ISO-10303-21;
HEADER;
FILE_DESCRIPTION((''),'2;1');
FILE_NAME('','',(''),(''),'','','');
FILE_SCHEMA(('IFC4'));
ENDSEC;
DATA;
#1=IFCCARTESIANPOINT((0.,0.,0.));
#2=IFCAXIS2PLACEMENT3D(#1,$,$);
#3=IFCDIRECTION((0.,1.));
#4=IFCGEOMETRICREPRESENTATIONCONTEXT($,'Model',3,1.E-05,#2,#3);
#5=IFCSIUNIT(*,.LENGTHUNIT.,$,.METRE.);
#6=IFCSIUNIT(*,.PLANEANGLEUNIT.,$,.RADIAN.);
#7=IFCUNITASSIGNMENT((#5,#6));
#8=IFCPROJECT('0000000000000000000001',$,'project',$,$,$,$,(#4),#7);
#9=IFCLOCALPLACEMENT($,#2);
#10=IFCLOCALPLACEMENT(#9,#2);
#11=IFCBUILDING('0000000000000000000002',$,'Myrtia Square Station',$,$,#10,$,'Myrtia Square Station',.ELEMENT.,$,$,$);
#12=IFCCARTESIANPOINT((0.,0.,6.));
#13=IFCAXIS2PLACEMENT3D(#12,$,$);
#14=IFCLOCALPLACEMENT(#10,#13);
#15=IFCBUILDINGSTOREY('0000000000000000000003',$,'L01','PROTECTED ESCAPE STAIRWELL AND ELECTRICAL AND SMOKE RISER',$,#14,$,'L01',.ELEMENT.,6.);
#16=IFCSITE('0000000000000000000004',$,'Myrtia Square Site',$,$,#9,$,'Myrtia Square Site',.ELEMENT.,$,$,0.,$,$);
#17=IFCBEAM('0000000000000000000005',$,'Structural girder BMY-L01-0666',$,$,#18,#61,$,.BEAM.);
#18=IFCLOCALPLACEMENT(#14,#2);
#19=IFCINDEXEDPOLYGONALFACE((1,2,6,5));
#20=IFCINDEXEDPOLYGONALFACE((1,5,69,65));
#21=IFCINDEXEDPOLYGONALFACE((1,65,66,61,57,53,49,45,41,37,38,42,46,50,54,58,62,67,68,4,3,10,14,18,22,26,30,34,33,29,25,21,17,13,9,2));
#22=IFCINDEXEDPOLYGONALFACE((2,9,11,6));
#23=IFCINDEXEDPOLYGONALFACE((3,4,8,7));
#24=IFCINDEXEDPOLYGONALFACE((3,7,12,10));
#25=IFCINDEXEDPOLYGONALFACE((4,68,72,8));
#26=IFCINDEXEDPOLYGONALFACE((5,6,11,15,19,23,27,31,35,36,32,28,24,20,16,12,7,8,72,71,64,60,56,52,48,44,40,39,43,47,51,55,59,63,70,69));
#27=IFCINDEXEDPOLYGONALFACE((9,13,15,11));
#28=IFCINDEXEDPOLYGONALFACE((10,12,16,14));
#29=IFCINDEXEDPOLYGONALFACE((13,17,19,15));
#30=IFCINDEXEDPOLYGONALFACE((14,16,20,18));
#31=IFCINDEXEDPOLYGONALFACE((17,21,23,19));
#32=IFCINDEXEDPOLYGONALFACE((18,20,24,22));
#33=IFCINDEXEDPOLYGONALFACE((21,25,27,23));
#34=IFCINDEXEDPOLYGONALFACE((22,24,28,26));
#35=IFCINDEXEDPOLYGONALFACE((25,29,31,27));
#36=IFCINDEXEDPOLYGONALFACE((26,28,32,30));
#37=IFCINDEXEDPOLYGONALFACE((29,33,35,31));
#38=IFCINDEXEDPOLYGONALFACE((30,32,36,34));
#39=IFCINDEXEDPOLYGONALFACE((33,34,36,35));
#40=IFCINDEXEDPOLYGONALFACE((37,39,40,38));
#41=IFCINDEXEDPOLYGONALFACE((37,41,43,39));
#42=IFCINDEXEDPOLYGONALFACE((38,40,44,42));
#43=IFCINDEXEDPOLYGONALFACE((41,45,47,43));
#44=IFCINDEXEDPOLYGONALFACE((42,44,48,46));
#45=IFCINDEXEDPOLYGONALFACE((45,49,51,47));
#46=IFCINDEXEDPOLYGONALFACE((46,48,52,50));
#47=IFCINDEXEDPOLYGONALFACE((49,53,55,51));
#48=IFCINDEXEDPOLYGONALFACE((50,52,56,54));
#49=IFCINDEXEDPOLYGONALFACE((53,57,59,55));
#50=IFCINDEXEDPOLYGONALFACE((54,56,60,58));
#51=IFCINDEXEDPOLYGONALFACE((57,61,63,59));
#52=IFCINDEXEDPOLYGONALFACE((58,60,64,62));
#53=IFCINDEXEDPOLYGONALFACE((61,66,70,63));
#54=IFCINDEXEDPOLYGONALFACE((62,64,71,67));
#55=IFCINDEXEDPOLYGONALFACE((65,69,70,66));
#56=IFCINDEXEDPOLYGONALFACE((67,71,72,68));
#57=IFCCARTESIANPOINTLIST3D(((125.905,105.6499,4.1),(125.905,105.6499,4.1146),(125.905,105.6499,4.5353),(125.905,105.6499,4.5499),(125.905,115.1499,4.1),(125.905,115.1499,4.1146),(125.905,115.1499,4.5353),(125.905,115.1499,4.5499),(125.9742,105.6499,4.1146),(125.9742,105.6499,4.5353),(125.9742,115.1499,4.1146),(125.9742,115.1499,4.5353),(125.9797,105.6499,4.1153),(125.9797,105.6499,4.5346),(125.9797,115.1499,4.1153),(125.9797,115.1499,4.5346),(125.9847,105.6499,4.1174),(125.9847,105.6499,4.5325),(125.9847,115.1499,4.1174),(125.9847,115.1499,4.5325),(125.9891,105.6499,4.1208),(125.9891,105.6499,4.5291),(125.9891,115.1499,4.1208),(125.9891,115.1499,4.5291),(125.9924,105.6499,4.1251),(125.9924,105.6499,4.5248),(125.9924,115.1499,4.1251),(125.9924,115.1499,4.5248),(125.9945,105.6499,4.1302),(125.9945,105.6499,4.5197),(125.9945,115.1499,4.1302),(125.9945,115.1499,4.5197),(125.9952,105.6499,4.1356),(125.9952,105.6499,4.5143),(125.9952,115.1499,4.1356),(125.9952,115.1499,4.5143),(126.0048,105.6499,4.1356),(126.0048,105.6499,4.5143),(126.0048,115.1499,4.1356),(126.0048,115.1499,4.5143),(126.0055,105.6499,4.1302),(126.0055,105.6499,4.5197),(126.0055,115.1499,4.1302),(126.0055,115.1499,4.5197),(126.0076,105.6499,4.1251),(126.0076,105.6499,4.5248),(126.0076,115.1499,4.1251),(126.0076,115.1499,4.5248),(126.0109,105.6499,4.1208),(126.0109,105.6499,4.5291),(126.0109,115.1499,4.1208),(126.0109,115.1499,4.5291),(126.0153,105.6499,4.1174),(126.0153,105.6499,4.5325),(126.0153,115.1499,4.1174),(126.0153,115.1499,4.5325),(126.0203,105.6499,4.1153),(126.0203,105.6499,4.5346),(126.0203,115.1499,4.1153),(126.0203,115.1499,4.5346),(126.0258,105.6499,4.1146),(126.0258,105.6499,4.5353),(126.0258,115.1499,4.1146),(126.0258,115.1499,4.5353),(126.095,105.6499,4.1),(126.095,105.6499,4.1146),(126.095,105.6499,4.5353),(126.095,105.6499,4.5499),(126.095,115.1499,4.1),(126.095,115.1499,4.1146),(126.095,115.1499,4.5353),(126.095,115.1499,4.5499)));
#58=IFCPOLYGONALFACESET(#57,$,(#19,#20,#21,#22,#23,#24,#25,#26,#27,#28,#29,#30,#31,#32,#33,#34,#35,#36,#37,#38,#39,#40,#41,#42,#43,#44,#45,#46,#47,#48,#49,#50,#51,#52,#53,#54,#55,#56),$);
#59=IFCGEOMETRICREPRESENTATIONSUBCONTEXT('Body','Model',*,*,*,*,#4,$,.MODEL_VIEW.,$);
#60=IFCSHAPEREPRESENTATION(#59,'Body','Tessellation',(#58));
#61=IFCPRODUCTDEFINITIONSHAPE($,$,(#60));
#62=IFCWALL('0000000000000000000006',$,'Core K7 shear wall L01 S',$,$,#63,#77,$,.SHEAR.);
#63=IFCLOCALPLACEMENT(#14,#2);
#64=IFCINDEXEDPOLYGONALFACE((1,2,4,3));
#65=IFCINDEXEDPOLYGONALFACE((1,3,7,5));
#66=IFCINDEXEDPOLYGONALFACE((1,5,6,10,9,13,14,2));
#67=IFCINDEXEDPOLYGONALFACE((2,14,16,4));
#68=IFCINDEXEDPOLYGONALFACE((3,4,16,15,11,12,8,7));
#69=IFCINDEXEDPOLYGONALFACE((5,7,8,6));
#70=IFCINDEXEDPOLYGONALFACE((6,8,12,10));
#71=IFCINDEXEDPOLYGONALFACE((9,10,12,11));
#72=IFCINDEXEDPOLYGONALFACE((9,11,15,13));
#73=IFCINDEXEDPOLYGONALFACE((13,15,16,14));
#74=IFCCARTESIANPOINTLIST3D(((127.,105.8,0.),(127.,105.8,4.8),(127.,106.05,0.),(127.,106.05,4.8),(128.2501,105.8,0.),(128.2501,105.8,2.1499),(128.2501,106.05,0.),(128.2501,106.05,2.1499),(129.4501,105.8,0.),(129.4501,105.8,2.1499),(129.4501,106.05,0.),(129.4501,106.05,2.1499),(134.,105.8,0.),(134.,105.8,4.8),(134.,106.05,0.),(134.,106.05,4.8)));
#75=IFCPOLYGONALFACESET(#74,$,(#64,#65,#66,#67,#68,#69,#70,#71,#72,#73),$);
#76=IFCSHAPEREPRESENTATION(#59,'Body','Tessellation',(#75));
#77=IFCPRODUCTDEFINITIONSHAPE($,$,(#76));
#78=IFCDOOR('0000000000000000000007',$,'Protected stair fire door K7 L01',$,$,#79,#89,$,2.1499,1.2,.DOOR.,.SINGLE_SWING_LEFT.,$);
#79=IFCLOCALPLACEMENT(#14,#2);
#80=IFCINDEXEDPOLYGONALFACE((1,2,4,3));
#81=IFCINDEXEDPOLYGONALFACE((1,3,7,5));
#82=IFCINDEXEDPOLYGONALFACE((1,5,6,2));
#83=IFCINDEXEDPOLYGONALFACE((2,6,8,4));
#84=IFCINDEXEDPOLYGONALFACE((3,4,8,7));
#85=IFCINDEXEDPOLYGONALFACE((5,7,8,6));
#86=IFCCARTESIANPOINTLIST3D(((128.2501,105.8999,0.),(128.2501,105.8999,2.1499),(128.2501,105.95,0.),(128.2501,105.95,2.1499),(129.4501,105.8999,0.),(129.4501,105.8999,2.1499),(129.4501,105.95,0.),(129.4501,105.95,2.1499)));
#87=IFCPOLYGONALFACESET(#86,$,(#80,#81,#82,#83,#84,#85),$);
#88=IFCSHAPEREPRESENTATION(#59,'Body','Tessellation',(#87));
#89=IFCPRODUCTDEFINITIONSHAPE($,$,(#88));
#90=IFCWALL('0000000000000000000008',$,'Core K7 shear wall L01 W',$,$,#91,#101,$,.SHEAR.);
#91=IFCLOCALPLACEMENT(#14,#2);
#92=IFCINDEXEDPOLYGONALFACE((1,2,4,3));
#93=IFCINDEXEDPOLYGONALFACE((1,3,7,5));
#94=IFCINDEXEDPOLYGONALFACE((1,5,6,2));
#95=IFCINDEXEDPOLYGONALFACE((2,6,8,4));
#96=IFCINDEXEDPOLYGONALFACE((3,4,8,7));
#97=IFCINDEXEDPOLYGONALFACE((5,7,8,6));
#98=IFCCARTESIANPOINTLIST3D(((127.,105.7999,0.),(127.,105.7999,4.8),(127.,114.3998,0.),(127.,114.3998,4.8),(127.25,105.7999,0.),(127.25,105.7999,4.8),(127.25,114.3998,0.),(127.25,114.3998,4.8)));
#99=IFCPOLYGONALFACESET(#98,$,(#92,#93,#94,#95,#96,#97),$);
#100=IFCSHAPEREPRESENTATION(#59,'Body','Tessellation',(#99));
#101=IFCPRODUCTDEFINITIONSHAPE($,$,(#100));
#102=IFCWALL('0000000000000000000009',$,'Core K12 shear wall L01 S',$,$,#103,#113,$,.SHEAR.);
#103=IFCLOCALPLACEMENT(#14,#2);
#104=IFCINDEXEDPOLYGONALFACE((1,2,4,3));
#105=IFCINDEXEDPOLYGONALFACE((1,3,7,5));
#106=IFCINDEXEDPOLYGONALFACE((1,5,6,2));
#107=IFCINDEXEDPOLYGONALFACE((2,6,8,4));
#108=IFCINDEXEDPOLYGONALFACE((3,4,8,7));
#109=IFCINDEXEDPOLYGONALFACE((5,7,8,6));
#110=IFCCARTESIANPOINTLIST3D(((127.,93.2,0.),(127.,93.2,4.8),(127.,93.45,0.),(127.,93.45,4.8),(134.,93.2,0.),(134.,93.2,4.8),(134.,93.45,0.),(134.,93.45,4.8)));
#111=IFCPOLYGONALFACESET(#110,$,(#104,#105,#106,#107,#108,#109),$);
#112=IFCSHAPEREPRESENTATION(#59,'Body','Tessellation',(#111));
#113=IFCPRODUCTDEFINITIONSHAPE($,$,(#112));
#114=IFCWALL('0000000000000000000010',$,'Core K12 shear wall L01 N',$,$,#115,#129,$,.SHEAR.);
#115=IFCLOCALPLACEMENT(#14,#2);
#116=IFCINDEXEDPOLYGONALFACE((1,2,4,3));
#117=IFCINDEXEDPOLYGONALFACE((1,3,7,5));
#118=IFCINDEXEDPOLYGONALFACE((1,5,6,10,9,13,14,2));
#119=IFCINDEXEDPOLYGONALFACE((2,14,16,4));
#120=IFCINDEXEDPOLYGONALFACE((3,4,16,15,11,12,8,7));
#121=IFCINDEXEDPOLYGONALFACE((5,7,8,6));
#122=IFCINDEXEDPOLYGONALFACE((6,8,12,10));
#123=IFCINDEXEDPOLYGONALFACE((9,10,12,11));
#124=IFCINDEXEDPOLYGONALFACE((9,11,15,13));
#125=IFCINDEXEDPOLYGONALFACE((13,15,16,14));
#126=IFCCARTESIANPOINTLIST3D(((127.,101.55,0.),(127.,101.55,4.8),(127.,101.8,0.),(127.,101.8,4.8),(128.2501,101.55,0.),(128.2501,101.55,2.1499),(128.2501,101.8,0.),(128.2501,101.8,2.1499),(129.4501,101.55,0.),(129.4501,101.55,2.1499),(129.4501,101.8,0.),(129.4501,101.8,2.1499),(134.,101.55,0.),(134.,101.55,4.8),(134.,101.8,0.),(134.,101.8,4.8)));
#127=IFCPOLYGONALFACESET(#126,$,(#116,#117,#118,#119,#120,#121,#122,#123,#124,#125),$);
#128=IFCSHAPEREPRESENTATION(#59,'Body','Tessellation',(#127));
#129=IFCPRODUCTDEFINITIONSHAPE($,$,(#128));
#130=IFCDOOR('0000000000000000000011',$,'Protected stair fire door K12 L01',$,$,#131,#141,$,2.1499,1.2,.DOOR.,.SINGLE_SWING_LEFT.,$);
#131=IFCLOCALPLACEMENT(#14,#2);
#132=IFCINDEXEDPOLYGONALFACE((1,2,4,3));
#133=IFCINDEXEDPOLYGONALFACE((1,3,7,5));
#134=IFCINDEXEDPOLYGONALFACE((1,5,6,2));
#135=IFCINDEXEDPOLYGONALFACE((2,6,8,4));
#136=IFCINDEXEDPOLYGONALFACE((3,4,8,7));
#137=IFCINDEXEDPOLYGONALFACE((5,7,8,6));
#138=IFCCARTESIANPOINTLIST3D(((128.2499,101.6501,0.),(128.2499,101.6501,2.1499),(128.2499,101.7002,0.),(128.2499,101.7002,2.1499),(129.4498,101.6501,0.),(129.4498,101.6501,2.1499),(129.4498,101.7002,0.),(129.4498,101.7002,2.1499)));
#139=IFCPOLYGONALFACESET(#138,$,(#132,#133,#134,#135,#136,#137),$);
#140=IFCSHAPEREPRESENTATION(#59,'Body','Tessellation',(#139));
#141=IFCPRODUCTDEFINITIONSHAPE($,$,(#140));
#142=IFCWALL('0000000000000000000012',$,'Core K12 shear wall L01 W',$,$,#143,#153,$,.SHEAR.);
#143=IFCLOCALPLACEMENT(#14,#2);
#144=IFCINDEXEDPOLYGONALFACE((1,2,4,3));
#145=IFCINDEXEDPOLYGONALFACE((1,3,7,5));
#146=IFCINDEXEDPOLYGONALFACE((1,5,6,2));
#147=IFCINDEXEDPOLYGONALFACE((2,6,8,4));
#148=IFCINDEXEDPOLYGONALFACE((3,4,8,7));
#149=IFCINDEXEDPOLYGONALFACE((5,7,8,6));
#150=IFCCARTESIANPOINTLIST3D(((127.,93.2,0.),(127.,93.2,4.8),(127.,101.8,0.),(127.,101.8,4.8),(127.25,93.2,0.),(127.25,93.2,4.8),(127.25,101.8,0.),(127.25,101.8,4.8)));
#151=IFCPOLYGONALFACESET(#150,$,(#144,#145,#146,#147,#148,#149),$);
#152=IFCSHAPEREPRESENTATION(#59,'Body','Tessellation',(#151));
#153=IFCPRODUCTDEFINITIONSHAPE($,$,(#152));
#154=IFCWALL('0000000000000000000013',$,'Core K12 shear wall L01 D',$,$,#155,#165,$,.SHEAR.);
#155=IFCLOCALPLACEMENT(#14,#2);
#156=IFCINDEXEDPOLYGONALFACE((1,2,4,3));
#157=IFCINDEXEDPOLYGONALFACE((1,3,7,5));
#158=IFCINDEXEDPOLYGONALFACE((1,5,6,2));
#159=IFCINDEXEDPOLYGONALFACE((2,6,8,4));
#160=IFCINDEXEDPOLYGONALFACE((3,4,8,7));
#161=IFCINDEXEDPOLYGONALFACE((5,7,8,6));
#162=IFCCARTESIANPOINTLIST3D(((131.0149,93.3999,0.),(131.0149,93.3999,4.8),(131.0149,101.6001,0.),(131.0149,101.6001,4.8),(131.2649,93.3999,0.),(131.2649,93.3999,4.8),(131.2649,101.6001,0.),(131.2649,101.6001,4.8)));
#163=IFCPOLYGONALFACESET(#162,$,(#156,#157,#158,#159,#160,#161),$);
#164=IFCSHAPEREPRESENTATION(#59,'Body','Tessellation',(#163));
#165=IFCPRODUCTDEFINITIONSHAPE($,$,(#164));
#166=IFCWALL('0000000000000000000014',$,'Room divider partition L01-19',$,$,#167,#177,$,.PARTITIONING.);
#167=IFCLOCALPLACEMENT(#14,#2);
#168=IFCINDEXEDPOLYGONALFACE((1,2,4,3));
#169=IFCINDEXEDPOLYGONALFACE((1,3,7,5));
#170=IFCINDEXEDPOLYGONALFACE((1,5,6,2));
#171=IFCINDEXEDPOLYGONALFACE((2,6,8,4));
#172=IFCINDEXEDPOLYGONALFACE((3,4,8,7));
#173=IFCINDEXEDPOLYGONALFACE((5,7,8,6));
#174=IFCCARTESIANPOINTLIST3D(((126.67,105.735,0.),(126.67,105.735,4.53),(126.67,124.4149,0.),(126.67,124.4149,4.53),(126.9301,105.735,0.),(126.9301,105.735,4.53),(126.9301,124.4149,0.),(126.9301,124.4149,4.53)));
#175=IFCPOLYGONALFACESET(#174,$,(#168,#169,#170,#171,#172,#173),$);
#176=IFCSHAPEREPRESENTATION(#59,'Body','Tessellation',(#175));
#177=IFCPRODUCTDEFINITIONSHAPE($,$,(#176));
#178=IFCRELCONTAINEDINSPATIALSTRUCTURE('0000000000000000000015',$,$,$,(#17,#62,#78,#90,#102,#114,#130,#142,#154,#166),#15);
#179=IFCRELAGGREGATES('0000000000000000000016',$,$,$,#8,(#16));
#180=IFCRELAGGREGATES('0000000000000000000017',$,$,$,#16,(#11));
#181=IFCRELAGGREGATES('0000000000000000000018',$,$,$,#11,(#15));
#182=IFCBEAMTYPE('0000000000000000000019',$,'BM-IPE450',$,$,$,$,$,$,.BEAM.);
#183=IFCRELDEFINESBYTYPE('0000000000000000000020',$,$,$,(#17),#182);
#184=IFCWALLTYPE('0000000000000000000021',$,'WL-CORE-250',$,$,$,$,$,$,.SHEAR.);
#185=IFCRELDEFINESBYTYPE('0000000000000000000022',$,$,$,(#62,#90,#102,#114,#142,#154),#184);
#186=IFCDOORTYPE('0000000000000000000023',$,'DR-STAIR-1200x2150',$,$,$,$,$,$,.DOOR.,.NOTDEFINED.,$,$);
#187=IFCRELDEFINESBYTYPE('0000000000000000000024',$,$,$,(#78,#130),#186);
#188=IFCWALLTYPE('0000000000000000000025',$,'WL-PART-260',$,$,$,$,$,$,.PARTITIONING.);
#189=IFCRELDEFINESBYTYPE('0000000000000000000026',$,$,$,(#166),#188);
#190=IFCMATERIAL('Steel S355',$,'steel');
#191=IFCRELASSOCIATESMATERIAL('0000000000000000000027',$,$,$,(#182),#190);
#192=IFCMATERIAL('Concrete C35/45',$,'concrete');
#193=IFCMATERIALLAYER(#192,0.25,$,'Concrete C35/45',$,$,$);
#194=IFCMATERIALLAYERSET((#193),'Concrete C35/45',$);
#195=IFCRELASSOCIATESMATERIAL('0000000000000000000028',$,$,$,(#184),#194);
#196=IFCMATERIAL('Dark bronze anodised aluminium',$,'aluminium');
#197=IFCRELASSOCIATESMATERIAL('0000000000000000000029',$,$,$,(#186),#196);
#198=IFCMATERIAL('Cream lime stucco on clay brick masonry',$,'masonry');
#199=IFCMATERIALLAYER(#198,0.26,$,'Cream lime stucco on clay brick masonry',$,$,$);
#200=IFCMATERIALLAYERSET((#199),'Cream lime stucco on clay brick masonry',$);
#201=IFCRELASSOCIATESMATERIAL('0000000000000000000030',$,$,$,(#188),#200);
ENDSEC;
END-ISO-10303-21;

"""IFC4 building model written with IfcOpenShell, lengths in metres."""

from ifc_helpers import new_model, si_unit, direction, frame, frame_2d, origin, origin_2d, place, context, subcontext, project, spatial, rectangle, i_section, extrude, material, layer, layer_set, material_profile, profile_set, type_object, element, fill, save


model = new_model("IFC4")

# Units and contexts
model_context = context("Model", 3, precision=1e-05, world=origin(), true_north=direction((0.0, 1.0)))
body_context = subcontext(model_context, "Body", "Model", "MODEL_VIEW")
ifc_project = project(units=[si_unit("LENGTHUNIT", "METRE"), si_unit("PLANEANGLEUNIT", "RADIAN")], contexts=[model_context])

# Site, building, storey
site_placement = place(None, origin())
site = spatial("IfcSite", under=ifc_project, at=site_placement, Name="Myrtia Square Site", LongName="Myrtia Square Site", CompositionType="ELEMENT", RefElevation=0.0)
building_placement = place(site_placement, origin())
building = spatial("IfcBuilding", under=site, at=building_placement, Name="Myrtia Square Station", LongName="Myrtia Square Station", CompositionType="ELEMENT")
storey_placement = place(building_placement, frame((0.0, 0.0, 6.0)))
storey = spatial("IfcBuildingStorey", under=building, at=storey_placement, Name="L01", Description="PROTECTED ESCAPE STAIRWELL AND ELECTRICAL AND SMOKE RISER", LongName="L01", CompositionType="ELEMENT", Elevation=6.0)

# Shared definitions
ifc_material_1 = material(Name="Steel S355", Category="steel")

# Beam
ifc_material_profile_1 = material_profile(ifc_material_1, i_section(OverallWidth=0.1899, OverallDepth=0.45, WebThickness=0.0095, FlangeThickness=0.0146, FilletRadius=0.021, at=origin_2d()), Name="IPE 450")
ifc_profile_set_1 = profile_set([ifc_material_profile_1], Name="Steel S355")
beam_type_1 = type_object("IfcBeamType", Name="BM-IPE450", PredefinedType="BEAM", material=ifc_profile_set_1)
for number, where, z_axis, x_axis, name in (
    (1, (126.0, 105.6499, 4.325), (0.0, 1.0, 0.0), (-1.0, 0.0, 0.0), "Structural girder BMY-L01-0666"),
):
    element("IfcBeam", number, at=place(storey_placement, frame(where, z_axis=z_axis, x_axis=x_axis)), inside=storey, type_object=beam_type_1, Name=name, PredefinedType="BEAM", context=body_context, shape_type="SweptSolid", body=[
        extrude(i_section(OverallWidth=0.1899, OverallDepth=0.45, WebThickness=0.0095, FlangeThickness=0.0146, FilletRadius=0.021, at=origin_2d()), origin(), (0.0, 0.0, 1.0), 9.5),
    ])

# Wall, opening, door
ifc_material_2 = material(Name="Concrete C35/45", Category="concrete")
ifc_layer_1 = layer(ifc_material_2, 0.25, Name="Concrete C35/45")
ifc_layer_set_1 = layer_set([ifc_layer_1], Name="Concrete C35/45")
wall_type_1 = type_object("IfcWallType", Name="WL-CORE-250", PredefinedType="SHEAR", material=ifc_layer_set_1)
wall_1_placement = place(storey_placement, frame((127.0, 105.925, 0.0), z_axis=(0.0, 0.0, 1.0), x_axis=(1.0, 0.0, 0.0)))
wall_1 = element("IfcWall", 2, at=wall_1_placement, inside=storey, type_object=wall_type_1, Name="Core K7 shear wall L01 S", PredefinedType="SHEAR", context=body_context, shape_type="SweptSolid", body=[
    extrude(rectangle(XDim=7.0, YDim=0.25, at=frame_2d((3.5, 0.0))), origin(), (0.0, 0.0, 1.0), 4.8),
])
opening_1_placement = place(wall_1_placement, frame((1.25, 0.0, 0.0)))
opening_1 = element("IfcOpeningElement", 3, at=opening_1_placement, cuts=wall_1, PredefinedType="OPENING", context=body_context, shape_type="SweptSolid", body=[
    extrude(rectangle(XDim=1.2, YDim=2.1499, at=frame_2d((0.6001, 1.075))), frame((0.0, 0.1399, 0.0), z_axis=(0.0, -1.0, 0.0), x_axis=(1.0, 0.0, 0.0)), (0.0, 0.0, 1.0), 0.28),
])
ifc_material_3 = material(Name="Dark bronze anodised aluminium", Category="aluminium")
door_type = type_object("IfcDoorType", Name="DR-STAIR-1200x2150", OperationType="NOTDEFINED", PredefinedType="DOOR", material=ifc_material_3)
door_1_placement = place(opening_1_placement, origin())
door_1 = element("IfcDoor", 4, at=door_1_placement, inside=storey, type_object=door_type, Name="Protected stair fire door K7 L01", OperationType="SINGLE_SWING_LEFT", OverallHeight=2.1499, OverallWidth=1.2, PredefinedType="DOOR", context=body_context, shape_type="SweptSolid", body=[
    extrude(rectangle(XDim=1.2, YDim=2.1499, at=frame_2d((0.6001, 1.075))), frame((0.0, 0.0249, 0.0), z_axis=(0.0, -1.0, 0.0), x_axis=(1.0, 0.0, 0.0)), (0.0, 0.0, 1.0), 0.05),
])
fill(opening_1, door_1)

# Walls
wall_2_placement = place(storey_placement, frame((127.125, 105.8, 0.0), z_axis=(0.0, 0.0, 1.0), x_axis=(0.0, 1.0, 0.0)))
element("IfcWall", 5, at=wall_2_placement, inside=storey, type_object=wall_type_1, Name="Core K7 shear wall L01 W", PredefinedType="SHEAR", context=body_context, shape_type="SweptSolid", body=[
    extrude(rectangle(XDim=8.5999, YDim=0.25, at=frame_2d((4.2998, 0.0))), origin(), (0.0, 0.0, 1.0), 4.8),
])
wall_3_placement = place(storey_placement, frame((127.0, 93.325, 0.0), z_axis=(0.0, 0.0, 1.0), x_axis=(1.0, 0.0, 0.0)))
element("IfcWall", 6, at=wall_3_placement, inside=storey, type_object=wall_type_1, Name="Core K12 shear wall L01 S", PredefinedType="SHEAR", context=body_context, shape_type="SweptSolid", body=[
    extrude(rectangle(XDim=7.0, YDim=0.25, at=frame_2d((3.5, 0.0))), origin(), (0.0, 0.0, 1.0), 4.8),
])

# Wall, opening, door
wall_4_placement = place(storey_placement, frame((127.0, 101.675, 0.0), z_axis=(0.0, 0.0, 1.0), x_axis=(1.0, 0.0, 0.0)))
wall_4 = element("IfcWall", 7, at=wall_4_placement, inside=storey, type_object=wall_type_1, Name="Core K12 shear wall L01 N", PredefinedType="SHEAR", context=body_context, shape_type="SweptSolid", body=[
    extrude(rectangle(XDim=7.0, YDim=0.25, at=frame_2d((3.5, 0.0))), origin(), (0.0, 0.0, 1.0), 4.8),
])
opening_2_placement = place(wall_4_placement, frame((1.25, 0.0, 0.0)))
opening_2 = element("IfcOpeningElement", 8, at=opening_2_placement, cuts=wall_4, PredefinedType="OPENING", context=body_context, shape_type="SweptSolid", body=[
    extrude(rectangle(XDim=1.2, YDim=2.1499, at=frame_2d((0.6001, 1.075))), frame((0.0, 0.1399, 0.0), z_axis=(0.0, -1.0, 0.0), x_axis=(1.0, 0.0, 0.0)), (0.0, 0.0, 1.0), 0.28),
])
door_2_placement = place(opening_2_placement, frame((1.2, 0.0, 0.0), z_axis=(0.0, 0.0, 1.0), x_axis=(-1.0, 0.0, 0.0)))
door_2 = element("IfcDoor", 9, at=door_2_placement, inside=storey, type_object=door_type, Name="Protected stair fire door K12 L01", OperationType="SINGLE_SWING_LEFT", OverallHeight=2.1499, OverallWidth=1.2, PredefinedType="DOOR", context=body_context, shape_type="SweptSolid", body=[
    extrude(rectangle(XDim=1.2, YDim=2.1499, at=frame_2d((0.6001, 1.075))), frame((0.0, 0.0249, 0.0), z_axis=(0.0, -1.0, 0.0), x_axis=(1.0, 0.0, 0.0)), (0.0, 0.0, 1.0), 0.05),
])
fill(opening_2, door_2)

# Walls
wall_5_placement = place(storey_placement, frame((127.125, 93.2, 0.0), z_axis=(0.0, 0.0, 1.0), x_axis=(0.0, 1.0, 0.0)))
element("IfcWall", 10, at=wall_5_placement, inside=storey, type_object=wall_type_1, Name="Core K12 shear wall L01 W", PredefinedType="SHEAR", context=body_context, shape_type="SweptSolid", body=[
    extrude(rectangle(XDim=8.6001, YDim=0.25, at=frame_2d((4.3, 0.0))), origin(), (0.0, 0.0, 1.0), 4.8),
])
wall_6_placement = place(storey_placement, frame((131.1399, 93.3999, 0.0), z_axis=(0.0, 0.0, 1.0), x_axis=(0.0, 1.0, 0.0)))
element("IfcWall", 11, at=wall_6_placement, inside=storey, type_object=wall_type_1, Name="Core K12 shear wall L01 D", PredefinedType="SHEAR", context=body_context, shape_type="SweptSolid", body=[
    extrude(rectangle(XDim=8.2002, YDim=0.25, at=frame_2d((4.1001, 0.0))), origin(), (0.0, 0.0, 1.0), 4.8),
])
ifc_material_4 = material(Name="Cream lime stucco on clay brick masonry", Category="masonry")
ifc_layer_2 = layer(ifc_material_4, 0.26, Name="Cream lime stucco on clay brick masonry")
ifc_layer_set_2 = layer_set([ifc_layer_2], Name="Cream lime stucco on clay brick masonry")
wall_type_2 = type_object("IfcWallType", Name="WL-PART-260", PredefinedType="PARTITIONING", material=ifc_layer_set_2)
wall_7_placement = place(storey_placement, frame((126.8, 105.7351, 0.0), z_axis=(0.0, 0.0, 1.0), x_axis=(0.0, 1.0, 0.0)))
element("IfcWall", 12, at=wall_7_placement, inside=storey, type_object=wall_type_2, Name="Room divider partition L01-19", PredefinedType="PARTITIONING", context=body_context, shape_type="SweptSolid", body=[
    extrude(rectangle(XDim=18.6799, YDim=0.26, at=frame_2d((9.3398, 0.0))), origin(), (0.0, 0.0, 1.0), 4.53),
])

save(model, "model.ifc")
